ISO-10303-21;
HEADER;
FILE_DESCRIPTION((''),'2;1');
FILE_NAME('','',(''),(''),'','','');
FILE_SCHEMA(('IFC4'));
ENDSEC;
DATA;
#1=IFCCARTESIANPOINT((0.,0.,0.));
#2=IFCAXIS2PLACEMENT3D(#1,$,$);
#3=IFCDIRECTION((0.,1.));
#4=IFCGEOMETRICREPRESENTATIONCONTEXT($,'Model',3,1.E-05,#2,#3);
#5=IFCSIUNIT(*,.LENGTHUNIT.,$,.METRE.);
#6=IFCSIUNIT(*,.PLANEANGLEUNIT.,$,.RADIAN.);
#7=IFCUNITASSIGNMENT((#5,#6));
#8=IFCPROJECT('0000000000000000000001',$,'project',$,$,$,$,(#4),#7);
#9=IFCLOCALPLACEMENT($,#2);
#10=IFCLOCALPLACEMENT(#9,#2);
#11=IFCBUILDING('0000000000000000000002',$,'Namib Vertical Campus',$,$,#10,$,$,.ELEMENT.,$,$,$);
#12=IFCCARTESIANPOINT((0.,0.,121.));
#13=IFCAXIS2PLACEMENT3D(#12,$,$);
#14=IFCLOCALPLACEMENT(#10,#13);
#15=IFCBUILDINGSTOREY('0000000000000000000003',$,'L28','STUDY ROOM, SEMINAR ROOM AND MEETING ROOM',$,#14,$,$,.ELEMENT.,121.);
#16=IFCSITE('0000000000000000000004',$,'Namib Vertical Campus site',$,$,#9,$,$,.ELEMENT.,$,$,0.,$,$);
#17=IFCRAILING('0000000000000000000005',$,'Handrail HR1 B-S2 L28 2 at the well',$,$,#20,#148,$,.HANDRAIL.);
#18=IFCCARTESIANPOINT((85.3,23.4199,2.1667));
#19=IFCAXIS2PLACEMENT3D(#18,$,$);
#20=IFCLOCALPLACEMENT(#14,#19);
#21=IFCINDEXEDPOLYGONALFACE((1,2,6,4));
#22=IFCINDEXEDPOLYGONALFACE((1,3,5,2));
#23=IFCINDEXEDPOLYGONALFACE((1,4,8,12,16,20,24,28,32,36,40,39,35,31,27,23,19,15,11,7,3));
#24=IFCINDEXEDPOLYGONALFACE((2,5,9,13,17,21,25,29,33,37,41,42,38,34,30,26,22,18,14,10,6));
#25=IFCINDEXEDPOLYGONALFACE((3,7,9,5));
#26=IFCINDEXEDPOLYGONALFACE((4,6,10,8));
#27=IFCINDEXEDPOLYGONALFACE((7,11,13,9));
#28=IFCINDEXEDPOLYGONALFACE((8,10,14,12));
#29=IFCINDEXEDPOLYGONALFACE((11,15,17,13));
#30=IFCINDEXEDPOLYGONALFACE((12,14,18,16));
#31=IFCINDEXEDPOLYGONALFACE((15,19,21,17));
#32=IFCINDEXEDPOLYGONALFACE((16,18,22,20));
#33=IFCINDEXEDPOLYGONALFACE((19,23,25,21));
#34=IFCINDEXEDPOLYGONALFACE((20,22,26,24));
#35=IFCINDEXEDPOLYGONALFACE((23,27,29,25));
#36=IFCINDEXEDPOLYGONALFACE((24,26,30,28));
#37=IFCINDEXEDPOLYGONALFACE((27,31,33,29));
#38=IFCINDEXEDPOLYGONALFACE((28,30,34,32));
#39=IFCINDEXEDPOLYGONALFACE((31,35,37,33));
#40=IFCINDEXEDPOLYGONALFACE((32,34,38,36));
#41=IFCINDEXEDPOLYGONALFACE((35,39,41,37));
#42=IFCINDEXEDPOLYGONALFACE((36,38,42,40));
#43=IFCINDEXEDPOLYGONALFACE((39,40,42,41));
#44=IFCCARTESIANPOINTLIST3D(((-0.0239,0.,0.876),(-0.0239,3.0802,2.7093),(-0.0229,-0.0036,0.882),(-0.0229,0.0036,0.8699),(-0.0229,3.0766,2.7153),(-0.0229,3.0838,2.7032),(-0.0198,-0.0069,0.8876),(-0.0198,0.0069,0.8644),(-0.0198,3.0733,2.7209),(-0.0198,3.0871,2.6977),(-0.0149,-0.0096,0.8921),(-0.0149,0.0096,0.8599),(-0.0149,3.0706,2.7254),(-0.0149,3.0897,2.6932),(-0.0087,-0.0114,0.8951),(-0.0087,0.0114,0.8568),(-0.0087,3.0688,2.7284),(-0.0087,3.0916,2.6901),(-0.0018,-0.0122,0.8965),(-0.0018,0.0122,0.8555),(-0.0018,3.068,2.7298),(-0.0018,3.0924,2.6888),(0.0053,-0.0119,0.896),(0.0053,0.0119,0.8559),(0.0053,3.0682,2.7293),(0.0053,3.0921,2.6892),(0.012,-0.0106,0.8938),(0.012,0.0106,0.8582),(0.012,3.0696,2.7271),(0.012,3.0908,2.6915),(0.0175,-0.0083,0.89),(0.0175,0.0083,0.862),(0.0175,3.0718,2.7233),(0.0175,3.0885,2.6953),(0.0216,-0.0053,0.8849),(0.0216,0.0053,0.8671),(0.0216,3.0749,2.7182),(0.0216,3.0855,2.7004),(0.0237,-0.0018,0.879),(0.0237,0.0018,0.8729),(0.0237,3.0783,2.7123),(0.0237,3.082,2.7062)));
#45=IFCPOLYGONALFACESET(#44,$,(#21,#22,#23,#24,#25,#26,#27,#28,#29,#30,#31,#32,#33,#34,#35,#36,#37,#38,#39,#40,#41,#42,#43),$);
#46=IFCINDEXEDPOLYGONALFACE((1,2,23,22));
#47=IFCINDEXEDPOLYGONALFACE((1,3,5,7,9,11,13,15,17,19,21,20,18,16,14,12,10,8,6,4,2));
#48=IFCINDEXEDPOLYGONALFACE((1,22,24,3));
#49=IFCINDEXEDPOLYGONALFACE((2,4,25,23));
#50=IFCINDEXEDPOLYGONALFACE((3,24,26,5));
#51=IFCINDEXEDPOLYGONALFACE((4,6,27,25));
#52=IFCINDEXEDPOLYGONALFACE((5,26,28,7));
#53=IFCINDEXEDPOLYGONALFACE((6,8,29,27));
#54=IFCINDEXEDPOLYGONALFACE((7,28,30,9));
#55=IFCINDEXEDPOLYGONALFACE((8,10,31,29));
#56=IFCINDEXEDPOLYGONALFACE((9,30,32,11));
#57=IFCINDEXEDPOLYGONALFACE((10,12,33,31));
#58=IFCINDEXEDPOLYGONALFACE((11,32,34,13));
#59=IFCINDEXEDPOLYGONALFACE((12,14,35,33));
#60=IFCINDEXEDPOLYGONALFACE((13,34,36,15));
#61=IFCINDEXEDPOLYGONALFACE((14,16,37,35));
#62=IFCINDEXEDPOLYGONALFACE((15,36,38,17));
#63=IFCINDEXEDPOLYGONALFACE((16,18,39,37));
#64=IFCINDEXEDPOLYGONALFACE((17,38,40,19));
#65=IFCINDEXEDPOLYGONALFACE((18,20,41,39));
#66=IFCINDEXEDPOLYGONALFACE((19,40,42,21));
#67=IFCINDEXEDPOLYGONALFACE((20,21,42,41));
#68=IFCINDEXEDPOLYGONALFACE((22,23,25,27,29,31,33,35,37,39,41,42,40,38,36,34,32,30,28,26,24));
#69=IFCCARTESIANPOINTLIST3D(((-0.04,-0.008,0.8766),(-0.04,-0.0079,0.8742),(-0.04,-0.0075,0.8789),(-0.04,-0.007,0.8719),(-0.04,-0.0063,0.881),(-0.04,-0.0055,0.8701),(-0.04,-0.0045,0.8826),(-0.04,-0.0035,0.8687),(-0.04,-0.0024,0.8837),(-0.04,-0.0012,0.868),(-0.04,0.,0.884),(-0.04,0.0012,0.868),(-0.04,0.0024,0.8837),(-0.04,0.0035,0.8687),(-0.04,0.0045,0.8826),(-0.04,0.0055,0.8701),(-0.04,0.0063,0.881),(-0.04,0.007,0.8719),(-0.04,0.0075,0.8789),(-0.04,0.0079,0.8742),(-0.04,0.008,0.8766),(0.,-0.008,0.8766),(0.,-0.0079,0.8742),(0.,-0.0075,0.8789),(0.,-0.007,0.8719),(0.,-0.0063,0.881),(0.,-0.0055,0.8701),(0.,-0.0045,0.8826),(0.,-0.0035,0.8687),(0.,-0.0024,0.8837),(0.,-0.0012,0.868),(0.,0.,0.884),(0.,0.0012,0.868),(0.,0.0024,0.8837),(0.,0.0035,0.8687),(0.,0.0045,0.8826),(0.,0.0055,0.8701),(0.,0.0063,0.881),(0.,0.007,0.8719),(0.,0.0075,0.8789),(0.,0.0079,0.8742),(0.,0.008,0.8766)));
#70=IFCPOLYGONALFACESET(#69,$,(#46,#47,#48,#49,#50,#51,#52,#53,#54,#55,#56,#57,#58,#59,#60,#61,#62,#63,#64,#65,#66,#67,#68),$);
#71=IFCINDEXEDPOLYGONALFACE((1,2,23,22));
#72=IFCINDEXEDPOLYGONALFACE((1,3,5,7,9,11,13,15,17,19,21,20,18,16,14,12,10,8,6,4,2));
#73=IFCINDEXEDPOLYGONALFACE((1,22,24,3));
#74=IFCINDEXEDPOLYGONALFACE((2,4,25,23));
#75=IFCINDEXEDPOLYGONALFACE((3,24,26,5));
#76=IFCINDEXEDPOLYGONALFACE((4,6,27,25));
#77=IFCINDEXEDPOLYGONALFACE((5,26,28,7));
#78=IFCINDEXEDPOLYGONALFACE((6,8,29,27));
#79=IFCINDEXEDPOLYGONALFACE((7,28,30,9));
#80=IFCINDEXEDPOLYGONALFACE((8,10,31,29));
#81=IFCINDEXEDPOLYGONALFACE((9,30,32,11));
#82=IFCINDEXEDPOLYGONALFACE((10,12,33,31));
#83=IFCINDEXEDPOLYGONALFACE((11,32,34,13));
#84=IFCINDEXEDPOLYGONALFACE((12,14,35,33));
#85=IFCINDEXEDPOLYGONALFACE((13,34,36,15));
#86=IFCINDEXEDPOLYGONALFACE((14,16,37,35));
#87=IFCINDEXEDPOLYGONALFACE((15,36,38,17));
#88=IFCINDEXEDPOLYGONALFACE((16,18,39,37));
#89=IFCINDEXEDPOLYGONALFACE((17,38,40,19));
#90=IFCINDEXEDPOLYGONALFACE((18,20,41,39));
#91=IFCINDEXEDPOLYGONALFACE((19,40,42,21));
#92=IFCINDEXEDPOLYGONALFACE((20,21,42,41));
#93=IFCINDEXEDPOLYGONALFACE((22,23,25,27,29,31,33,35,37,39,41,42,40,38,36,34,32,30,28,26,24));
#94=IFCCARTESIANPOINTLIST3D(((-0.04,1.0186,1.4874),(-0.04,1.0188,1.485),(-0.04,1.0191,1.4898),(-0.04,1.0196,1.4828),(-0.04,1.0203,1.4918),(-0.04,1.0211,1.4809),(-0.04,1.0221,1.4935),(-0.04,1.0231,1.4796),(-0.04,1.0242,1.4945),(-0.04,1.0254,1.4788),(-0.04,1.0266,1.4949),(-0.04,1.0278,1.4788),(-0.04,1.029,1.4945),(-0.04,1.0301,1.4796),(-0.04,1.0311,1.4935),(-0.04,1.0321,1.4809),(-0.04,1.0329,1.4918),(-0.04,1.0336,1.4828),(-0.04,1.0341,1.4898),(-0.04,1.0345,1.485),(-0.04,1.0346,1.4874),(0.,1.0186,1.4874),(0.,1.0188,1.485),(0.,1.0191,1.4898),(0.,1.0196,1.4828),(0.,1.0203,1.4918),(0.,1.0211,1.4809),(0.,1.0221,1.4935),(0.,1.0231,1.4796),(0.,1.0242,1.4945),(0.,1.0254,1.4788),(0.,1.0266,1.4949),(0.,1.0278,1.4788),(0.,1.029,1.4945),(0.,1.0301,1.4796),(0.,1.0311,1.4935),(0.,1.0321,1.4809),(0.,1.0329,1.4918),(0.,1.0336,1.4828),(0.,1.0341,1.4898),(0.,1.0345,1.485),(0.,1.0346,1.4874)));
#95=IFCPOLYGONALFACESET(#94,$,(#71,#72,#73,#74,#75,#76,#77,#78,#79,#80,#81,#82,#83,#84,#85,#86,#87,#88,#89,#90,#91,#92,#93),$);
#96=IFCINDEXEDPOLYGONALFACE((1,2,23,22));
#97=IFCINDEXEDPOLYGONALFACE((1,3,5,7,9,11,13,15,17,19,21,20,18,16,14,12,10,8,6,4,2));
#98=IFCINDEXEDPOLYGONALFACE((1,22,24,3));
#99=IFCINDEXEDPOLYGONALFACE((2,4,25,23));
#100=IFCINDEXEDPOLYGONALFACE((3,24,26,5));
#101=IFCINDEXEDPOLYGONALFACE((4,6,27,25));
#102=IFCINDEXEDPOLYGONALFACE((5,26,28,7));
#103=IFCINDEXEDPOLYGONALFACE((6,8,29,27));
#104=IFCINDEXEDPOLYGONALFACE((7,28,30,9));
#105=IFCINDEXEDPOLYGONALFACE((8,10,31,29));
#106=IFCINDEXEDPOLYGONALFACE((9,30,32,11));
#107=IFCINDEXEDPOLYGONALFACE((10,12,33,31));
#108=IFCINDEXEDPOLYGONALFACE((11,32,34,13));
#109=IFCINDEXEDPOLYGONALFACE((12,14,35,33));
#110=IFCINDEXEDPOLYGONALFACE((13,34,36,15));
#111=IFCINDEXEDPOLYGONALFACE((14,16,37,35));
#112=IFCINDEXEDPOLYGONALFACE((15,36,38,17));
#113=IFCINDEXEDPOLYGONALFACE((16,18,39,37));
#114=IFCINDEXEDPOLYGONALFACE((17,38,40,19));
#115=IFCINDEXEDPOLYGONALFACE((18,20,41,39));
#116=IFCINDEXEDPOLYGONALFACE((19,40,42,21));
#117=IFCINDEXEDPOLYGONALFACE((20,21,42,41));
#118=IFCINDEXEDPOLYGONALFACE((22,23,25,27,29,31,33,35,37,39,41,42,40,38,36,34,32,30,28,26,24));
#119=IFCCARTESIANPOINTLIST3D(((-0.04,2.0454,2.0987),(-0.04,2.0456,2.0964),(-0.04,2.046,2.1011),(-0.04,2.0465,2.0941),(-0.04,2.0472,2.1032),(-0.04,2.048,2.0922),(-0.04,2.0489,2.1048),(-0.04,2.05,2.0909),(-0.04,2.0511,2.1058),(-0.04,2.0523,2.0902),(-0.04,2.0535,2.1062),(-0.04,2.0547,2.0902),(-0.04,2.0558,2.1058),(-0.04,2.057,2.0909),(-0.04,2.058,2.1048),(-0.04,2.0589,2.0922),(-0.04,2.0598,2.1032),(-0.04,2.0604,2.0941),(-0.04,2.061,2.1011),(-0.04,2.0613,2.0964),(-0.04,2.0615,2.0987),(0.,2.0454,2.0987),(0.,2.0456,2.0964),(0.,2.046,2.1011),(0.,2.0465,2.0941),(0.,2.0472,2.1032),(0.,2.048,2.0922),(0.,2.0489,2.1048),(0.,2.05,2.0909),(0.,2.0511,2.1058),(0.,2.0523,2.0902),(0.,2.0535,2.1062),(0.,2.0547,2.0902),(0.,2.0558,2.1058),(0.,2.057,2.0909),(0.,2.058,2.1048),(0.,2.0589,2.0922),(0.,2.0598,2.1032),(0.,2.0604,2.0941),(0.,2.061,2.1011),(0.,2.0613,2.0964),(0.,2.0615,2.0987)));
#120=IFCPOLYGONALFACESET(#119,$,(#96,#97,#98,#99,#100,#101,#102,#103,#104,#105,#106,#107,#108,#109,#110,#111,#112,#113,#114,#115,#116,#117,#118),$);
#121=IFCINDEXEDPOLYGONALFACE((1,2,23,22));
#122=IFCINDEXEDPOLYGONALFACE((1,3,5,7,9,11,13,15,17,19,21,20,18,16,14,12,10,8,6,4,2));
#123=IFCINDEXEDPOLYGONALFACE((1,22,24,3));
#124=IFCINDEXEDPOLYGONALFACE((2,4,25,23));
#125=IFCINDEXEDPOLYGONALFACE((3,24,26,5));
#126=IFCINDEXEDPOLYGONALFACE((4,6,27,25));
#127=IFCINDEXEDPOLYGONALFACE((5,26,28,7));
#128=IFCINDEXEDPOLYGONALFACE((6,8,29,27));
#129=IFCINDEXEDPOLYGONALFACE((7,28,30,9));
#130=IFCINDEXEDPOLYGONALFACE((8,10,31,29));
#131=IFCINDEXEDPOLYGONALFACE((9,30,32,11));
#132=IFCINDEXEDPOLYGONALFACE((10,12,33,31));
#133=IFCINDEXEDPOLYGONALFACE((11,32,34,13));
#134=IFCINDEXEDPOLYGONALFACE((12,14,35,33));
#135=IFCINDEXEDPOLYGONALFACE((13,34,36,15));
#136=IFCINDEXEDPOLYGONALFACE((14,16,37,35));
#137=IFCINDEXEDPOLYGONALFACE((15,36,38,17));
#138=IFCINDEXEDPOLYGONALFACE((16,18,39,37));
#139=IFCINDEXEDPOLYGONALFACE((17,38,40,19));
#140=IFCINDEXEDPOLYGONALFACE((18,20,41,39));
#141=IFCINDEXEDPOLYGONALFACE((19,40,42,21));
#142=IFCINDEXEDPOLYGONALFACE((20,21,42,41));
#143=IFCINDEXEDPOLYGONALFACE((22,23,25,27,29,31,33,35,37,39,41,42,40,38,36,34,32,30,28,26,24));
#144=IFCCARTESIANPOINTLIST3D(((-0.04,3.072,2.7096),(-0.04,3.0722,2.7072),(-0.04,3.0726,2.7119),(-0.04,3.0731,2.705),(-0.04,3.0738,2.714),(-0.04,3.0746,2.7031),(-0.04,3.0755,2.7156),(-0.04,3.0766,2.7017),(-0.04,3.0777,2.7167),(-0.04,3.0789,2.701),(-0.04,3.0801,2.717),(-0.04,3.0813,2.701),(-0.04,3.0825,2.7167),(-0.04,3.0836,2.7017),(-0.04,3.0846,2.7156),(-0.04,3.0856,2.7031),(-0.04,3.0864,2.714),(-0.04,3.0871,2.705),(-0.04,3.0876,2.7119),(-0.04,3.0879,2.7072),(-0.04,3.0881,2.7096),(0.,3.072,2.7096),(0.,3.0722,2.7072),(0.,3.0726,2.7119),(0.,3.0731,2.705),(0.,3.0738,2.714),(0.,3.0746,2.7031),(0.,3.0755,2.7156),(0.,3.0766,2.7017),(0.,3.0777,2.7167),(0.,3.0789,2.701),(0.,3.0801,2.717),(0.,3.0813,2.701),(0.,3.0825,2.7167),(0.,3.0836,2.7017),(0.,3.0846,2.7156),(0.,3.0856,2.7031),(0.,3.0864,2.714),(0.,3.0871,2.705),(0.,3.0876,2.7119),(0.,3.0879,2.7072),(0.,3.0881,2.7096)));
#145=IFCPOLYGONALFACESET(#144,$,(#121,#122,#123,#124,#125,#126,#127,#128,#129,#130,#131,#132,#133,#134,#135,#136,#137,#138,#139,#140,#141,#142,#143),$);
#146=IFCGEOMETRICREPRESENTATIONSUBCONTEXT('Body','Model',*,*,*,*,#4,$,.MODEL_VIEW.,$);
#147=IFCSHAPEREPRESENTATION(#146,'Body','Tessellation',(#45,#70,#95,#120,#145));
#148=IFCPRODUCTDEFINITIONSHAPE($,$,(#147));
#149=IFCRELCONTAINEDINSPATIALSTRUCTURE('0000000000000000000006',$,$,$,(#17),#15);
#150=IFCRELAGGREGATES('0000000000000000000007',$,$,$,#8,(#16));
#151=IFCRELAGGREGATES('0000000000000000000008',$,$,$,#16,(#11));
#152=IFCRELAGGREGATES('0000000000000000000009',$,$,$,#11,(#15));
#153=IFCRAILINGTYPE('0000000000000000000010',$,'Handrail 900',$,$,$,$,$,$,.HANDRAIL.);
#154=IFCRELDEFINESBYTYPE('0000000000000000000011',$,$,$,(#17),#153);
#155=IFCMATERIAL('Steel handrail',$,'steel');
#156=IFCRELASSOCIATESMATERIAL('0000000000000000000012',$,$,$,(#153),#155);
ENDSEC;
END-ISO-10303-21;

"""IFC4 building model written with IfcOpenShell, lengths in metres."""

from ifc_helpers import new_model, si_unit, direction, frame, origin, origin_2d, place, context, subcontext, project, spatial, circle, extrude, material, type_object, element, save


model = new_model("IFC4")

# Units and contexts
model_context = context("Model", 3, precision=1e-05, world=origin(), true_north=direction((0.0, 1.0)))
body_context = subcontext(model_context, "Body", "Model", "MODEL_VIEW")
ifc_project = project(units=[si_unit("LENGTHUNIT", "METRE"), si_unit("PLANEANGLEUNIT", "RADIAN")], contexts=[model_context])

# Site, building, storey
site_placement = place(None, origin())
site = spatial("IfcSite", under=ifc_project, at=site_placement, Name="Namib Vertical Campus site", CompositionType="ELEMENT", RefElevation=0.0)
building_placement = place(site_placement, origin())
building = spatial("IfcBuilding", under=site, at=building_placement, Name="Namib Vertical Campus", CompositionType="ELEMENT")
storey_placement = place(building_placement, frame((0.0, 0.0, 121.0)))
storey = spatial("IfcBuildingStorey", under=building, at=storey_placement, Name="L28", Description="STUDY ROOM, SEMINAR ROOM AND MEETING ROOM", CompositionType="ELEMENT", Elevation=121.0)

# Railing
ifc_material_1 = material(Name="Steel handrail", Category="steel")
railing_type = type_object("IfcRailingType", Name="Handrail 900", PredefinedType="HANDRAIL", material=ifc_material_1)
railing_placement = place(storey_placement, frame((85.3, 23.4199, 2.1667)))
element("IfcRailing", 1, at=railing_placement, inside=storey, type_object=railing_type, Name="Handrail HR1 B-S2 L28 2 at the well", PredefinedType="HANDRAIL", context=body_context, shape_type="SweptSolid", body=[
    extrude(circle(Radius=0.0239, at=origin_2d()), frame((0.0, 0.0, 0.876), z_axis=(0.0, 0.859309, 0.511458), x_axis=(-1.0, 0.0, 0.0)), (0.0, 0.0, 1.0), 3.5845),
    extrude(circle(Radius=0.0081, at=origin_2d()), frame((0.0, 0.0, 0.876), z_axis=(-1.0, 0.0, 0.0), x_axis=(0.0, 0.0, 1.0)), (0.0, 0.0, 1.0), 0.04),
    extrude(circle(Radius=0.0081, at=origin_2d()), frame((0.0, 1.0266, 1.4868), z_axis=(-1.0, 0.0, 0.0), x_axis=(0.0, 0.0, 1.0)), (0.0, 0.0, 1.0), 0.04),
    extrude(circle(Radius=0.0081, at=origin_2d()), frame((0.0, 2.0535, 2.0981), z_axis=(-1.0, 0.0, 0.0), x_axis=(0.0, 0.0, 1.0)), (0.0, 0.0, 1.0), 0.04),
    extrude(circle(Radius=0.0081, at=origin_2d()), frame((0.0, 3.0801, 2.709), z_axis=(-1.0, 0.0, 0.0), x_axis=(0.0, 0.0, 1.0)), (0.0, 0.0, 1.0), 0.04),
])

save(model, "model.ifc")
